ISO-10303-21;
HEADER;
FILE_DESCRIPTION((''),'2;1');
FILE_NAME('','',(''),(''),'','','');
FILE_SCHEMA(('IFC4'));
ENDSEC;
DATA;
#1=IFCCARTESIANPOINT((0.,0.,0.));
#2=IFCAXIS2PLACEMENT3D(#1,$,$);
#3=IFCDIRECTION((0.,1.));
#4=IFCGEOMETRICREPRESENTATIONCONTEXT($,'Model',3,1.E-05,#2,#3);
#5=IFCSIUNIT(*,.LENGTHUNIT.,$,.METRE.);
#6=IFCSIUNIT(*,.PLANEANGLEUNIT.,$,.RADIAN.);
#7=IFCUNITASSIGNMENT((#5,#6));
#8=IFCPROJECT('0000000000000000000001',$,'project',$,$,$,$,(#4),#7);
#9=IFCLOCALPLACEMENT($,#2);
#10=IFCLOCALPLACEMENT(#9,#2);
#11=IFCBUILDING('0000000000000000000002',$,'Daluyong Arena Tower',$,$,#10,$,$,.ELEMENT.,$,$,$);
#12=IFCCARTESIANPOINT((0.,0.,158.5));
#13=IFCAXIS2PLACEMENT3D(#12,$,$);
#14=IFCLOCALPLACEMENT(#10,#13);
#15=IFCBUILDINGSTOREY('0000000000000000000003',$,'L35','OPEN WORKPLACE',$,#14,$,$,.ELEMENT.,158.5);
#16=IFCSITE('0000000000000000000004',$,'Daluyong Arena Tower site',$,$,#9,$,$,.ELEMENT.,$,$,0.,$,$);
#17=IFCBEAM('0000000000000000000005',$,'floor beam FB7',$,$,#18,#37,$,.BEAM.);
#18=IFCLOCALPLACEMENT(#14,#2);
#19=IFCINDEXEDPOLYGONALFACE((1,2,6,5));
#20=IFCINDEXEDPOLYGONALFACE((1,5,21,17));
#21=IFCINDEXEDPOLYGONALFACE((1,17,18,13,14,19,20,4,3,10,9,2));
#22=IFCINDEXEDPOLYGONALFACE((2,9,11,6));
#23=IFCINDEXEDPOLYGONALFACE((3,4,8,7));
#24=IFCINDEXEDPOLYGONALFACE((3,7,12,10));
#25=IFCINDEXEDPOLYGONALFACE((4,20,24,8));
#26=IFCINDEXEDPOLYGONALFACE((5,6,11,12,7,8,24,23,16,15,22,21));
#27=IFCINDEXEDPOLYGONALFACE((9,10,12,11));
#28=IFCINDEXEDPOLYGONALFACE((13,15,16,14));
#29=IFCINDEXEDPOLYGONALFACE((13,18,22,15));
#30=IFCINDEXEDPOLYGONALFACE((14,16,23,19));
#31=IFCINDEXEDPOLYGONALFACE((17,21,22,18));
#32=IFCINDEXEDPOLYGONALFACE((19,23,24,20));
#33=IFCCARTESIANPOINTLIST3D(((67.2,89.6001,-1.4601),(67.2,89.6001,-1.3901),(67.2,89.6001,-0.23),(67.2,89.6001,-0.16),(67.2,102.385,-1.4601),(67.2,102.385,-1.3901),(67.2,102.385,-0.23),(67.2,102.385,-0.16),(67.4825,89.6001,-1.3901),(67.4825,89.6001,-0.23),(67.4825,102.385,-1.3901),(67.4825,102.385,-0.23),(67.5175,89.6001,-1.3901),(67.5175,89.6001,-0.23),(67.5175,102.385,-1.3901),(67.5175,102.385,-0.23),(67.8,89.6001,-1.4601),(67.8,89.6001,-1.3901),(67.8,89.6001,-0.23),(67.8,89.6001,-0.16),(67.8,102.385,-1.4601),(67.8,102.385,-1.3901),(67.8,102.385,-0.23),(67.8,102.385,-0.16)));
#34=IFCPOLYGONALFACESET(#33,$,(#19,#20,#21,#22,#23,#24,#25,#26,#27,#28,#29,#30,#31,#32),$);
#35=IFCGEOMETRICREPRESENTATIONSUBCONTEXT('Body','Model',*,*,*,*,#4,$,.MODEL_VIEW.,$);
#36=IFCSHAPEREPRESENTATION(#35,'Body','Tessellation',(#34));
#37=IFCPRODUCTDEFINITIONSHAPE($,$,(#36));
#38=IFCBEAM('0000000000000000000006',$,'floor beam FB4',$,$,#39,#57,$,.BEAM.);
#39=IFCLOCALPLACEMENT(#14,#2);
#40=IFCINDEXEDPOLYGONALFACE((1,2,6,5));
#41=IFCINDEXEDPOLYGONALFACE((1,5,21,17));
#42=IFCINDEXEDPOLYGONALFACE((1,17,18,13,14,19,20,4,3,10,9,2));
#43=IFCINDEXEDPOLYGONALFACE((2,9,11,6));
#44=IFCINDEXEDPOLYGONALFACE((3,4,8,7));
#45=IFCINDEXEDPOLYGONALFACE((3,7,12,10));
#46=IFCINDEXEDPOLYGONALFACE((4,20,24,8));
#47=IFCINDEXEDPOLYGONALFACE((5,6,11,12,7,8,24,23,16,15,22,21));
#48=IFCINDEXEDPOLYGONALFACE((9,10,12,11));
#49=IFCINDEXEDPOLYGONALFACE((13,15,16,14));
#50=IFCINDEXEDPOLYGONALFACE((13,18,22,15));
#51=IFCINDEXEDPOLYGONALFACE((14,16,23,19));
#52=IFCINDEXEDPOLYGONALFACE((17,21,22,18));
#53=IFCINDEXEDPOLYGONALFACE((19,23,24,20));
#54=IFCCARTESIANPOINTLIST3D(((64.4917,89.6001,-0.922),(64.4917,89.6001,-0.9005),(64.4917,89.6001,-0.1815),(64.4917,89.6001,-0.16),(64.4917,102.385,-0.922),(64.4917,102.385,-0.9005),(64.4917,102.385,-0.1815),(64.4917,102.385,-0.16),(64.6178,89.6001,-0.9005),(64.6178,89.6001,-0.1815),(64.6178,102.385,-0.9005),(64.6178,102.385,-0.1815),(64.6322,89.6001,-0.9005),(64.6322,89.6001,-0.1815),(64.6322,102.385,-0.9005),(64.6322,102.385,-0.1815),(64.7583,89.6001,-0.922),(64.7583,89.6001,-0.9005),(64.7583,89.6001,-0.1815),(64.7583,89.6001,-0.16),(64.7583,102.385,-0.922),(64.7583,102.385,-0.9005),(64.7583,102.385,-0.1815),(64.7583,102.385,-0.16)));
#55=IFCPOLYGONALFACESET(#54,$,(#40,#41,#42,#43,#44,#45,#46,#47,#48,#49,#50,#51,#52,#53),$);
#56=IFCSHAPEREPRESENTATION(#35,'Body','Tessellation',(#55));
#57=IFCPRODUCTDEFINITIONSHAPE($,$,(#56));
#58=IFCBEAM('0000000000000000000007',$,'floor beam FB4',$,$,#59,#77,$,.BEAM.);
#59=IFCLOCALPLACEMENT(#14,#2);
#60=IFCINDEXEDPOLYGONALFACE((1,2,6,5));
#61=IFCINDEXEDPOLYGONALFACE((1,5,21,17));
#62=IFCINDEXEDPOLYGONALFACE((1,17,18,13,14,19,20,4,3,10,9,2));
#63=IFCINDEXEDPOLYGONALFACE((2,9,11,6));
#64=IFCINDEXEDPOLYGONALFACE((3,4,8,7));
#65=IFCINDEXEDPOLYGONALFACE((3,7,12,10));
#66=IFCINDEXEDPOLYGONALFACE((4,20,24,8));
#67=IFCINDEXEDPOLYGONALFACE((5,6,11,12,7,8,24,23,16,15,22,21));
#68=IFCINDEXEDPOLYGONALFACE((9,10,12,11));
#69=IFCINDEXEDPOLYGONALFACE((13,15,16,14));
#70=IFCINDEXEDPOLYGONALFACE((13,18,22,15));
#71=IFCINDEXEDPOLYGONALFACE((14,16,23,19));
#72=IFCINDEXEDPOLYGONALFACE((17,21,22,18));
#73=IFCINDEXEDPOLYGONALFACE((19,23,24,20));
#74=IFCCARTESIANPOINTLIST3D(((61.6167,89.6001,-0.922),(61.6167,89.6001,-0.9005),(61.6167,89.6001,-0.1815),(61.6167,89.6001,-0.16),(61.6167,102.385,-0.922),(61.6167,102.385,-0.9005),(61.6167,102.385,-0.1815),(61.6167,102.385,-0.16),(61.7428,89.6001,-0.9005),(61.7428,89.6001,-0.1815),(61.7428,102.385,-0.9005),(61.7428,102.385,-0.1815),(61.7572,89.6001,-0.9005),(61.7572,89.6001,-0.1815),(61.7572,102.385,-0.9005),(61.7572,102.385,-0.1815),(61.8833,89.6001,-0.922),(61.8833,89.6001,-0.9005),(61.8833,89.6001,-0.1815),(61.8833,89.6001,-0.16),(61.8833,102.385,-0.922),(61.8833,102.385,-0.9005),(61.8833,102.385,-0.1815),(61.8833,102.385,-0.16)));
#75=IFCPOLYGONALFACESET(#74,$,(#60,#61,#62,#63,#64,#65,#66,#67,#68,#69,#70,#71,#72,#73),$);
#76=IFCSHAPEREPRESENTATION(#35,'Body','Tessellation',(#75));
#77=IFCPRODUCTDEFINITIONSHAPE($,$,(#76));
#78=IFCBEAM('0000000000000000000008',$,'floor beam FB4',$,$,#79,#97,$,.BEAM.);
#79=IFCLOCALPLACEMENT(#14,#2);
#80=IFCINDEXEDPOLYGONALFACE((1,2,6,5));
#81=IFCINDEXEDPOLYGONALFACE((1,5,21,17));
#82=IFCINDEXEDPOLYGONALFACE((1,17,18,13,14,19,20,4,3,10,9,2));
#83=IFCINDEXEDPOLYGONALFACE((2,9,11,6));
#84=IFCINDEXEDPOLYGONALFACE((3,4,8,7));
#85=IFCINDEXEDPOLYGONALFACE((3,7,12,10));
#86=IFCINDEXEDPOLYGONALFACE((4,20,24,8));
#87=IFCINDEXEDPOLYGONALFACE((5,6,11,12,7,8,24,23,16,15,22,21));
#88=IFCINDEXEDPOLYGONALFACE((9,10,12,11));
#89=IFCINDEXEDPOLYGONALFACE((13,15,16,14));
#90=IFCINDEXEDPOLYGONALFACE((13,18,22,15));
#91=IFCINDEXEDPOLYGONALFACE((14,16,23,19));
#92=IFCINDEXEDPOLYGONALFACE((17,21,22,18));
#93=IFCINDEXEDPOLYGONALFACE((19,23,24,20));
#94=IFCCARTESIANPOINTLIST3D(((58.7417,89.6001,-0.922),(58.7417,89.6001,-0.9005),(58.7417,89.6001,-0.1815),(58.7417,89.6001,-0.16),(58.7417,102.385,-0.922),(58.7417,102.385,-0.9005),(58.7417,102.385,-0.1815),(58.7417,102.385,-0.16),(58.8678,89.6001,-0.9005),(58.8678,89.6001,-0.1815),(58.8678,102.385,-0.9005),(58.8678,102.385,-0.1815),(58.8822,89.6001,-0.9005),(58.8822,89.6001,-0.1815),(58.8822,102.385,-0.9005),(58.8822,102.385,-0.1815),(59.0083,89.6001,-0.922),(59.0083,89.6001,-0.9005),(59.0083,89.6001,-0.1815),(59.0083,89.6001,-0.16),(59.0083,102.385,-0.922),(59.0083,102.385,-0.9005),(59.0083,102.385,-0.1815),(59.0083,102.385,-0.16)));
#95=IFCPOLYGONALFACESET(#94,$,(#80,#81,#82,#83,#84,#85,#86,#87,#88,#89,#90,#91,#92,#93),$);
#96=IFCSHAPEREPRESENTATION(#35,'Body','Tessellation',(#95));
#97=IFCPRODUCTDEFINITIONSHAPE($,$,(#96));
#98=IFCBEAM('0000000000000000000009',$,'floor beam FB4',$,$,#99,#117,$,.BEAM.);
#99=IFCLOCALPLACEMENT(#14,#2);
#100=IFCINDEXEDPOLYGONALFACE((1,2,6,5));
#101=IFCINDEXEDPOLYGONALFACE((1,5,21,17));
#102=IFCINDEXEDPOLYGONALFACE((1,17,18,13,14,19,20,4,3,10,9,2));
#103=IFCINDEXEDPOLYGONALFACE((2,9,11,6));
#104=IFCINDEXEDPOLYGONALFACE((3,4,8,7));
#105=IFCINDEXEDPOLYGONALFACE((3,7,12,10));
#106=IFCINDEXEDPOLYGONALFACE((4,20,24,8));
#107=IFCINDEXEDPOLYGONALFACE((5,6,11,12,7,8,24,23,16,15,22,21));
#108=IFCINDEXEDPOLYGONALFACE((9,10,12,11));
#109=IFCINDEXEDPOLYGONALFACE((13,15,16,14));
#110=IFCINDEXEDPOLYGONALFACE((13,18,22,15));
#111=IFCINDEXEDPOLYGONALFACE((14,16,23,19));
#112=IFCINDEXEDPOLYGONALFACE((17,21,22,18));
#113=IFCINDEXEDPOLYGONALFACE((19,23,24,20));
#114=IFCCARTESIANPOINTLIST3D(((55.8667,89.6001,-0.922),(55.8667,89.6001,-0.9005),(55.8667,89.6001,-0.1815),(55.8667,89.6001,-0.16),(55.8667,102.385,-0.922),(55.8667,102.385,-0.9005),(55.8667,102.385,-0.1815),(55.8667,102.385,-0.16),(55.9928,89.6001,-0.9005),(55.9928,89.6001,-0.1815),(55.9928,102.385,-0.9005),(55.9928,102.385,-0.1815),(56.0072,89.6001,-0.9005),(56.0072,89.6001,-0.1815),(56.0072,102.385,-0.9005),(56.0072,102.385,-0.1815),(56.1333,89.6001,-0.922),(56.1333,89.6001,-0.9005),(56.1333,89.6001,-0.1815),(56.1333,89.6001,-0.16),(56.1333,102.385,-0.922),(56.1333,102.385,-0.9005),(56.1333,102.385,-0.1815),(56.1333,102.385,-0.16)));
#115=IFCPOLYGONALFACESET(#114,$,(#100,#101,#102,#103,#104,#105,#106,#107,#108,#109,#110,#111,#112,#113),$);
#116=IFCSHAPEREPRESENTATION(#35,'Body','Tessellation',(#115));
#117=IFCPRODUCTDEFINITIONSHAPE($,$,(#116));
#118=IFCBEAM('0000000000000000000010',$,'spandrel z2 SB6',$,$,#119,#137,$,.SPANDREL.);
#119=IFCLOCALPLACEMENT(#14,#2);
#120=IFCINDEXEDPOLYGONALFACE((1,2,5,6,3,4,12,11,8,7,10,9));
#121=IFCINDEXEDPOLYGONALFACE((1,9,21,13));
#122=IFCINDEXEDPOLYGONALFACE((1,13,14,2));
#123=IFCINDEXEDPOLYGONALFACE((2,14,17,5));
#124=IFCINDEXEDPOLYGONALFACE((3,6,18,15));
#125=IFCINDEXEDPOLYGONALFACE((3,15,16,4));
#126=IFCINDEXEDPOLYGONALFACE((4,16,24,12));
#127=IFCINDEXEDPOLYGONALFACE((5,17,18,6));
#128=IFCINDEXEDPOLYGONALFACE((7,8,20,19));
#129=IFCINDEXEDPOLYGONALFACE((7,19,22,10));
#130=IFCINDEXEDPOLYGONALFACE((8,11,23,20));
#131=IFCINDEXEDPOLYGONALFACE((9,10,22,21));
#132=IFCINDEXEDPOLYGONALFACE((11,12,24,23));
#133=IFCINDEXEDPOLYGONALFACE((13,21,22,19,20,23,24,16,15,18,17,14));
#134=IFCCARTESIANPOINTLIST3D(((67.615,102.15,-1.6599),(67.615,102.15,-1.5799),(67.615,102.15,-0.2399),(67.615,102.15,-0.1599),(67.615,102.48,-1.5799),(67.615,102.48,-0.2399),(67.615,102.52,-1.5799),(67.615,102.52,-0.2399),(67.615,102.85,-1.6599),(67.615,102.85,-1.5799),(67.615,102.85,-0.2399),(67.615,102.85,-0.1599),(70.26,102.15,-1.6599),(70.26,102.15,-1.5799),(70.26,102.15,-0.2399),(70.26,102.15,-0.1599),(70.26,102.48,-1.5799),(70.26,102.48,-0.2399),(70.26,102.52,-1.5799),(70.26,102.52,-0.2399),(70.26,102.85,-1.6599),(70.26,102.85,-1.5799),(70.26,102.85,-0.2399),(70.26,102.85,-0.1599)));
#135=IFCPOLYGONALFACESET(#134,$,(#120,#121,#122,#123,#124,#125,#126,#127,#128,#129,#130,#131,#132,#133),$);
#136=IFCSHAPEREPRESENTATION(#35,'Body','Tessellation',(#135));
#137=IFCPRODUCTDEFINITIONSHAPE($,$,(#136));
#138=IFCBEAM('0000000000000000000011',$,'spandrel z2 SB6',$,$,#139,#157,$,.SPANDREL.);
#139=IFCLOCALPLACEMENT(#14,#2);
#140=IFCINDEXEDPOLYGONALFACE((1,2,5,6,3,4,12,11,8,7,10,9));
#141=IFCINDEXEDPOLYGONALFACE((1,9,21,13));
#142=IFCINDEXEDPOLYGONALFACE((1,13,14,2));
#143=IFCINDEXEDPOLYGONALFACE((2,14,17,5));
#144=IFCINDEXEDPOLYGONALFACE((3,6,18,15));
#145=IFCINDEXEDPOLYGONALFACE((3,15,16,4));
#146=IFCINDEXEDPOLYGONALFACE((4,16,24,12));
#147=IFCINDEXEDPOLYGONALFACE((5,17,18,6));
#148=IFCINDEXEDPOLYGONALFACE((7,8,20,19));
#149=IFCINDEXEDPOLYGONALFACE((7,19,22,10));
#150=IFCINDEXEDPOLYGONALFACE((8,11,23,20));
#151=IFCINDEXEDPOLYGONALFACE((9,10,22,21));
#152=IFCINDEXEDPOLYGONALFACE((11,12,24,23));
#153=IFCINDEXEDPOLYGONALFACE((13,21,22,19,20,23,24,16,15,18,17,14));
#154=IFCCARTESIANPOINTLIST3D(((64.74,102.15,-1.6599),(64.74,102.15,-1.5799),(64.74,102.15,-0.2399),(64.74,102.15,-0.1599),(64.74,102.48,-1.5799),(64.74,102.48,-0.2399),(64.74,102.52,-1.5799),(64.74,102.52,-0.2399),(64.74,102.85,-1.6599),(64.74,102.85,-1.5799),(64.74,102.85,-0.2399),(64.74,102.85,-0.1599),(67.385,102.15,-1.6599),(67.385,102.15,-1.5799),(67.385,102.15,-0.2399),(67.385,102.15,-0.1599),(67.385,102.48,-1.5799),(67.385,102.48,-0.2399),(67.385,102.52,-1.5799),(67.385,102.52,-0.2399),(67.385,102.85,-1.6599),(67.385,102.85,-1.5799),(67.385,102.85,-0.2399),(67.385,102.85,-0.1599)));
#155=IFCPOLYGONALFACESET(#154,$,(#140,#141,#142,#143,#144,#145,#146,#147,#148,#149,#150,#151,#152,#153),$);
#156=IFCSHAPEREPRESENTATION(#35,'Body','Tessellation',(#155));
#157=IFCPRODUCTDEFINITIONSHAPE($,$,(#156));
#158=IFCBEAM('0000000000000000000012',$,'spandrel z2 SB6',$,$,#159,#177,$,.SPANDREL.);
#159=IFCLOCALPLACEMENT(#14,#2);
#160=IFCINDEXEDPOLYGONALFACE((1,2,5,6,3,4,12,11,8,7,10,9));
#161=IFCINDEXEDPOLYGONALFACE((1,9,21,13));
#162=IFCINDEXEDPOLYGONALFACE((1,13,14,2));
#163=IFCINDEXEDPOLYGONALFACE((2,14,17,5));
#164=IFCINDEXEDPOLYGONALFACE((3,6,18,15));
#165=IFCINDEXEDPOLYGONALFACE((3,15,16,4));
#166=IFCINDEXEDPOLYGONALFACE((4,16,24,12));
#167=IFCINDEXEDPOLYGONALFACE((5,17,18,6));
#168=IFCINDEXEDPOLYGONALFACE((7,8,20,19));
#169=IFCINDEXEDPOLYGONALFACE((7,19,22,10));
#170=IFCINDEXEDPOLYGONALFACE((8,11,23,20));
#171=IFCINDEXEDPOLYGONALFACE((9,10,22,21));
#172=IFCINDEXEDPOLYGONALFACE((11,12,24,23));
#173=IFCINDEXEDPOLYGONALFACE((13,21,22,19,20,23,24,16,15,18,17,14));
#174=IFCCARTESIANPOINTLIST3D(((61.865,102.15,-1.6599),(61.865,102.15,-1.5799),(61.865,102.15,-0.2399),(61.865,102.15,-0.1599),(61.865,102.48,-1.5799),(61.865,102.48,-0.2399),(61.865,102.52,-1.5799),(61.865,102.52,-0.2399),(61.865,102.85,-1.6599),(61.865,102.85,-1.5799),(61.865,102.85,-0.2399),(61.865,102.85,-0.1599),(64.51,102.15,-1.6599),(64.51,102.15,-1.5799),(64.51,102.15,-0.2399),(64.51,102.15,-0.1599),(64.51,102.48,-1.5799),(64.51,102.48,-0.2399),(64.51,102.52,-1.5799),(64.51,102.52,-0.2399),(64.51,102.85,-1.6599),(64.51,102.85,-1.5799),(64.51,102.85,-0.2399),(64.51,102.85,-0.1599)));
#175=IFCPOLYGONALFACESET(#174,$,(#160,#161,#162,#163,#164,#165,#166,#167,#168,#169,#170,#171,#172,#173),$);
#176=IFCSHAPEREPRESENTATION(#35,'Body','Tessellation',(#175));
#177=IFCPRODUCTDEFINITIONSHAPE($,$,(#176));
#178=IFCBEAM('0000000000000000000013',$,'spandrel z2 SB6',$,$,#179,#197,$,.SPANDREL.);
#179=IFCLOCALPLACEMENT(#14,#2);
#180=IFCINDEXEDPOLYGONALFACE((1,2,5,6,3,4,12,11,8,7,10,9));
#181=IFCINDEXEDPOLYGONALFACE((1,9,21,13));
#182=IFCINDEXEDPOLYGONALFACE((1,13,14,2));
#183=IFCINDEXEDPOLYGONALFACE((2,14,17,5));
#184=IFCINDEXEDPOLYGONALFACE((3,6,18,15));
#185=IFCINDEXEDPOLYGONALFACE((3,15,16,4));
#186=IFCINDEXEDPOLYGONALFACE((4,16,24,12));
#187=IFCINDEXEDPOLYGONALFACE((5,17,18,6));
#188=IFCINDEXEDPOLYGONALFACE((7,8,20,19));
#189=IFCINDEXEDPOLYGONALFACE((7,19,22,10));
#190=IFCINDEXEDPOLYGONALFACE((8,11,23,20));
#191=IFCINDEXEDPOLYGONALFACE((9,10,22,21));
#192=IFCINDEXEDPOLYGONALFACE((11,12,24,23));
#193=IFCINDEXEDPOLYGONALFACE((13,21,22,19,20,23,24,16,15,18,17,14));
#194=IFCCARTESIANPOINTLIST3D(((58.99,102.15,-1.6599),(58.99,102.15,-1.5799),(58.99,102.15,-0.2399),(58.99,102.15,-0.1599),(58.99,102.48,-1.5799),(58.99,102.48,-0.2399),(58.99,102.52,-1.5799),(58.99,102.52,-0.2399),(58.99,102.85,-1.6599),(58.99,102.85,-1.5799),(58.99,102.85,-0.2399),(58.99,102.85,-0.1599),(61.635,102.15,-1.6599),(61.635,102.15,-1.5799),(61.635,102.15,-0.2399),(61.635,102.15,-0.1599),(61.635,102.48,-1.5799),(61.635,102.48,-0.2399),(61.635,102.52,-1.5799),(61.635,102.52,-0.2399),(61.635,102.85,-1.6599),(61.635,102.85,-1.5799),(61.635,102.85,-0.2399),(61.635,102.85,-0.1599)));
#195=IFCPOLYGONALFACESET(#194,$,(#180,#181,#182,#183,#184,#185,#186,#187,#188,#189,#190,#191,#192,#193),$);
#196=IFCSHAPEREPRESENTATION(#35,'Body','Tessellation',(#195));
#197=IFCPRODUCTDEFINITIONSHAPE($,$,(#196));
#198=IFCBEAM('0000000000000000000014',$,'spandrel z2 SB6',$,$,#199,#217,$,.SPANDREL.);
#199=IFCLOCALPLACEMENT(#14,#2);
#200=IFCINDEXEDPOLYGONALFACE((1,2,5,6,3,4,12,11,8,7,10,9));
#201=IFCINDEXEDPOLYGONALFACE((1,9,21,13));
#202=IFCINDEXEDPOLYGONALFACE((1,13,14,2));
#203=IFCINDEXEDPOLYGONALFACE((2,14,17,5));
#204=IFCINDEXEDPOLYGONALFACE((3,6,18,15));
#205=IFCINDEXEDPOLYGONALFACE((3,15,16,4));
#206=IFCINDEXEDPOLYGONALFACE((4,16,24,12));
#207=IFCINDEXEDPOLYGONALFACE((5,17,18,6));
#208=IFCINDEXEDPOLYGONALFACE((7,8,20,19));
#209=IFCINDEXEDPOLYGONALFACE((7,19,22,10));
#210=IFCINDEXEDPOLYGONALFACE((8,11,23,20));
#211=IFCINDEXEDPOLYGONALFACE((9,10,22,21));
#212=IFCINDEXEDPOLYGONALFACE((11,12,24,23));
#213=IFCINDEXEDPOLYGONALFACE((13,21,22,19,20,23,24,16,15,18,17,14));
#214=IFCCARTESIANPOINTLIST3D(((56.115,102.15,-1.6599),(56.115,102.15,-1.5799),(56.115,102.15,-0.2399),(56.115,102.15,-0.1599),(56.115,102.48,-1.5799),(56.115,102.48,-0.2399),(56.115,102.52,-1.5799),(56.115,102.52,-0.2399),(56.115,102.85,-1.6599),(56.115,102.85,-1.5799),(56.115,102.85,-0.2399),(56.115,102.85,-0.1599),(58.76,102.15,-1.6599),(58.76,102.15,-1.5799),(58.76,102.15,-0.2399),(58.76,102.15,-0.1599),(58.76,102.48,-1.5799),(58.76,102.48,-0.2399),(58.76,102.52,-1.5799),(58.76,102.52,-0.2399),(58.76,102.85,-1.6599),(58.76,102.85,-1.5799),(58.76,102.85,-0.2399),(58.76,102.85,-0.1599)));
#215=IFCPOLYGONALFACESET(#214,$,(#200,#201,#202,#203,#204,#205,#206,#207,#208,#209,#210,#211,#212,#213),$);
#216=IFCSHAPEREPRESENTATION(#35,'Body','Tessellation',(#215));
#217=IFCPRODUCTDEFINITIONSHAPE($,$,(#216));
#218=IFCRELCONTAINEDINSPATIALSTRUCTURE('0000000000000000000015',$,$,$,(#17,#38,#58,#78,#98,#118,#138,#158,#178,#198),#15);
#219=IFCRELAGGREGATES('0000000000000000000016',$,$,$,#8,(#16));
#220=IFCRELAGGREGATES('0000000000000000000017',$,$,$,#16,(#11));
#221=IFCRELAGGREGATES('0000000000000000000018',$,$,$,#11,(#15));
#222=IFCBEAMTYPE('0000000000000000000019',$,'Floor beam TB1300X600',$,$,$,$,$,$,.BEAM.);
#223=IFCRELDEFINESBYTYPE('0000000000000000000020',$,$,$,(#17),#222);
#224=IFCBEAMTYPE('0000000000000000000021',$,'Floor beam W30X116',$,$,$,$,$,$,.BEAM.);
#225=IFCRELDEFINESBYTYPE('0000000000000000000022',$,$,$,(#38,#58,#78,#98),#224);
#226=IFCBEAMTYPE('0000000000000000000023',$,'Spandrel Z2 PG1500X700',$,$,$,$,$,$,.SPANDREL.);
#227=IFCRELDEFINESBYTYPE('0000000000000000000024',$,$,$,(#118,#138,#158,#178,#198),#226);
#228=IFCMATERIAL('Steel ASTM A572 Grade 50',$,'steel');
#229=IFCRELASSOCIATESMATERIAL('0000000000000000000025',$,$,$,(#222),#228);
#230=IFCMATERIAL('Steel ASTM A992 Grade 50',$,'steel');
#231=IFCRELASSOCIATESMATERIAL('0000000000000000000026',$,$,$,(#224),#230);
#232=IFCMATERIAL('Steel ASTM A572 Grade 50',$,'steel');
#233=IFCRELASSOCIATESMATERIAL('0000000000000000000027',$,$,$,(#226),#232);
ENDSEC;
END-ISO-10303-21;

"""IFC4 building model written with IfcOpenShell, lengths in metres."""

from ifc_helpers import new_model, si_unit, direction, frame, origin, origin_2d, place, context, subcontext, project, spatial, i_section, extrude, material, material_profile, profile_set, type_object, element, save


model = new_model("IFC4")

# Units and contexts
model_context = context("Model", 3, precision=1e-05, world=origin(), true_north=direction((0.0, 1.0)))
body_context = subcontext(model_context, "Body", "Model", "MODEL_VIEW")
ifc_project = project(units=[si_unit("LENGTHUNIT", "METRE"), si_unit("PLANEANGLEUNIT", "RADIAN")], contexts=[model_context])

# Site, building, storey
site_placement = place(None, origin())
site = spatial("IfcSite", under=ifc_project, at=site_placement, Name="Daluyong Arena Tower site", CompositionType="ELEMENT", RefElevation=0.0)
building_placement = place(site_placement, origin())
building = spatial("IfcBuilding", under=site, at=building_placement, Name="Daluyong Arena Tower", CompositionType="ELEMENT")
storey_placement = place(building_placement, frame((0.0, 0.0, 158.5)))
storey = spatial("IfcBuildingStorey", under=building, at=storey_placement, Name="L35", Description="OPEN WORKPLACE", CompositionType="ELEMENT", Elevation=158.5)

# Beams
ifc_material_1 = material(Name="Steel ASTM A572 Grade 50", Category="steel")
ifc_material_profile_1 = material_profile(ifc_material_1, i_section(OverallWidth=0.6001, OverallDepth=1.3, WebThickness=0.035, FlangeThickness=0.07, at=origin_2d()))
ifc_profile_set_1 = profile_set([ifc_material_profile_1], Name="Steel ASTM A572 Grade 50")
beam_type_1 = type_object("IfcBeamType", Name="Floor beam TB1300X600", PredefinedType="BEAM", material=ifc_profile_set_1)
beam_placement = place(storey_placement, frame((67.5, 102.385, -0.8101), z_axis=(0.0, -1.0, 0.0), x_axis=(1.0, 0.0, 0.0)))
element("IfcBeam", 1, at=beam_placement, inside=storey, type_object=beam_type_1, Name="floor beam FB7", PredefinedType="BEAM", context=body_context, shape_type="SweptSolid", body=[
    extrude(i_section(OverallWidth=0.6001, OverallDepth=1.3, WebThickness=0.035, FlangeThickness=0.07, at=origin_2d()), origin(), (0.0, 0.0, 1.0), 12.7849),
])
ifc_material_2 = material(Name="Steel ASTM A992 Grade 50", Category="steel")
ifc_material_profile_2 = material_profile(ifc_material_2, i_section(OverallWidth=0.2666, OverallDepth=0.762, WebThickness=0.0144, FlangeThickness=0.0215, at=origin_2d()))
ifc_profile_set_2 = profile_set([ifc_material_profile_2], Name="Steel ASTM A992 Grade 50")
beam_type_2 = type_object("IfcBeamType", Name="Floor beam W30X116", PredefinedType="BEAM", material=ifc_profile_set_2)
for number, where, z_axis, x_axis, name in (
    (2, (64.625, 102.385, -0.541), (0.0, -1.0, 0.0), (1.0, 0.0, 0.0), "floor beam FB4"),
    (3, (61.75, 102.385, -0.541), (0.0, -1.0, 0.0), (1.0, 0.0, 0.0), "floor beam FB4"),
    (4, (58.875, 102.385, -0.541), (0.0, -1.0, 0.0), (1.0, 0.0, 0.0), "floor beam FB4"),
    (5, (56.0, 102.385, -0.541), (0.0, -1.0, 0.0), (1.0, 0.0, 0.0), "floor beam FB4"),
):
    element("IfcBeam", number, at=place(storey_placement, frame(where, z_axis=z_axis, x_axis=x_axis)), inside=storey, type_object=beam_type_2, Name=name, PredefinedType="BEAM", context=body_context, shape_type="SweptSolid", body=[
        extrude(i_section(OverallWidth=0.2666, OverallDepth=0.762, WebThickness=0.0144, FlangeThickness=0.0215, at=origin_2d()), origin(), (0.0, 0.0, 1.0), 12.7849),
    ])
ifc_material_3 = material(Name="Steel ASTM A572 Grade 50", Category="steel")
ifc_material_profile_3 = material_profile(ifc_material_3, i_section(OverallWidth=0.7, OverallDepth=1.5, WebThickness=0.04, FlangeThickness=0.08, at=origin_2d()))
ifc_profile_set_3 = profile_set([ifc_material_profile_3], Name="Steel ASTM A572 Grade 50")
beam_type_3 = type_object("IfcBeamType", Name="Spandrel Z2 PG1500X700", PredefinedType="SPANDREL", material=ifc_profile_set_3)
for number, where, z_axis, x_axis, name in (
    (6, (70.26, 102.5, -0.9099), (-1.0, 0.0, 0.0), (0.0, -1.0, 0.0), "spandrel z2 SB6"),
    (7, (67.385, 102.5, -0.9099), (-1.0, 0.0, 0.0), (0.0, -1.0, 0.0), "spandrel z2 SB6"),
    (8, (64.51, 102.5, -0.9099), (-1.0, 0.0, 0.0), (0.0, -1.0, 0.0), "spandrel z2 SB6"),
    (9, (61.635, 102.5, -0.9099), (-1.0, 0.0, 0.0), (0.0, -1.0, 0.0), "spandrel z2 SB6"),
    (10, (58.76, 102.5, -0.9099), (-1.0, 0.0, 0.0), (0.0, -1.0, 0.0), "spandrel z2 SB6"),
):
    element("IfcBeam", number, at=place(storey_placement, frame(where, z_axis=z_axis, x_axis=x_axis)), inside=storey, type_object=beam_type_3, Name=name, PredefinedType="SPANDREL", context=body_context, shape_type="SweptSolid", body=[
        extrude(i_section(OverallWidth=0.7, OverallDepth=1.5, WebThickness=0.04, FlangeThickness=0.08, at=origin_2d()), origin(), (0.0, 0.0, 1.0), 2.645),
    ])

save(model, "model.ifc")
